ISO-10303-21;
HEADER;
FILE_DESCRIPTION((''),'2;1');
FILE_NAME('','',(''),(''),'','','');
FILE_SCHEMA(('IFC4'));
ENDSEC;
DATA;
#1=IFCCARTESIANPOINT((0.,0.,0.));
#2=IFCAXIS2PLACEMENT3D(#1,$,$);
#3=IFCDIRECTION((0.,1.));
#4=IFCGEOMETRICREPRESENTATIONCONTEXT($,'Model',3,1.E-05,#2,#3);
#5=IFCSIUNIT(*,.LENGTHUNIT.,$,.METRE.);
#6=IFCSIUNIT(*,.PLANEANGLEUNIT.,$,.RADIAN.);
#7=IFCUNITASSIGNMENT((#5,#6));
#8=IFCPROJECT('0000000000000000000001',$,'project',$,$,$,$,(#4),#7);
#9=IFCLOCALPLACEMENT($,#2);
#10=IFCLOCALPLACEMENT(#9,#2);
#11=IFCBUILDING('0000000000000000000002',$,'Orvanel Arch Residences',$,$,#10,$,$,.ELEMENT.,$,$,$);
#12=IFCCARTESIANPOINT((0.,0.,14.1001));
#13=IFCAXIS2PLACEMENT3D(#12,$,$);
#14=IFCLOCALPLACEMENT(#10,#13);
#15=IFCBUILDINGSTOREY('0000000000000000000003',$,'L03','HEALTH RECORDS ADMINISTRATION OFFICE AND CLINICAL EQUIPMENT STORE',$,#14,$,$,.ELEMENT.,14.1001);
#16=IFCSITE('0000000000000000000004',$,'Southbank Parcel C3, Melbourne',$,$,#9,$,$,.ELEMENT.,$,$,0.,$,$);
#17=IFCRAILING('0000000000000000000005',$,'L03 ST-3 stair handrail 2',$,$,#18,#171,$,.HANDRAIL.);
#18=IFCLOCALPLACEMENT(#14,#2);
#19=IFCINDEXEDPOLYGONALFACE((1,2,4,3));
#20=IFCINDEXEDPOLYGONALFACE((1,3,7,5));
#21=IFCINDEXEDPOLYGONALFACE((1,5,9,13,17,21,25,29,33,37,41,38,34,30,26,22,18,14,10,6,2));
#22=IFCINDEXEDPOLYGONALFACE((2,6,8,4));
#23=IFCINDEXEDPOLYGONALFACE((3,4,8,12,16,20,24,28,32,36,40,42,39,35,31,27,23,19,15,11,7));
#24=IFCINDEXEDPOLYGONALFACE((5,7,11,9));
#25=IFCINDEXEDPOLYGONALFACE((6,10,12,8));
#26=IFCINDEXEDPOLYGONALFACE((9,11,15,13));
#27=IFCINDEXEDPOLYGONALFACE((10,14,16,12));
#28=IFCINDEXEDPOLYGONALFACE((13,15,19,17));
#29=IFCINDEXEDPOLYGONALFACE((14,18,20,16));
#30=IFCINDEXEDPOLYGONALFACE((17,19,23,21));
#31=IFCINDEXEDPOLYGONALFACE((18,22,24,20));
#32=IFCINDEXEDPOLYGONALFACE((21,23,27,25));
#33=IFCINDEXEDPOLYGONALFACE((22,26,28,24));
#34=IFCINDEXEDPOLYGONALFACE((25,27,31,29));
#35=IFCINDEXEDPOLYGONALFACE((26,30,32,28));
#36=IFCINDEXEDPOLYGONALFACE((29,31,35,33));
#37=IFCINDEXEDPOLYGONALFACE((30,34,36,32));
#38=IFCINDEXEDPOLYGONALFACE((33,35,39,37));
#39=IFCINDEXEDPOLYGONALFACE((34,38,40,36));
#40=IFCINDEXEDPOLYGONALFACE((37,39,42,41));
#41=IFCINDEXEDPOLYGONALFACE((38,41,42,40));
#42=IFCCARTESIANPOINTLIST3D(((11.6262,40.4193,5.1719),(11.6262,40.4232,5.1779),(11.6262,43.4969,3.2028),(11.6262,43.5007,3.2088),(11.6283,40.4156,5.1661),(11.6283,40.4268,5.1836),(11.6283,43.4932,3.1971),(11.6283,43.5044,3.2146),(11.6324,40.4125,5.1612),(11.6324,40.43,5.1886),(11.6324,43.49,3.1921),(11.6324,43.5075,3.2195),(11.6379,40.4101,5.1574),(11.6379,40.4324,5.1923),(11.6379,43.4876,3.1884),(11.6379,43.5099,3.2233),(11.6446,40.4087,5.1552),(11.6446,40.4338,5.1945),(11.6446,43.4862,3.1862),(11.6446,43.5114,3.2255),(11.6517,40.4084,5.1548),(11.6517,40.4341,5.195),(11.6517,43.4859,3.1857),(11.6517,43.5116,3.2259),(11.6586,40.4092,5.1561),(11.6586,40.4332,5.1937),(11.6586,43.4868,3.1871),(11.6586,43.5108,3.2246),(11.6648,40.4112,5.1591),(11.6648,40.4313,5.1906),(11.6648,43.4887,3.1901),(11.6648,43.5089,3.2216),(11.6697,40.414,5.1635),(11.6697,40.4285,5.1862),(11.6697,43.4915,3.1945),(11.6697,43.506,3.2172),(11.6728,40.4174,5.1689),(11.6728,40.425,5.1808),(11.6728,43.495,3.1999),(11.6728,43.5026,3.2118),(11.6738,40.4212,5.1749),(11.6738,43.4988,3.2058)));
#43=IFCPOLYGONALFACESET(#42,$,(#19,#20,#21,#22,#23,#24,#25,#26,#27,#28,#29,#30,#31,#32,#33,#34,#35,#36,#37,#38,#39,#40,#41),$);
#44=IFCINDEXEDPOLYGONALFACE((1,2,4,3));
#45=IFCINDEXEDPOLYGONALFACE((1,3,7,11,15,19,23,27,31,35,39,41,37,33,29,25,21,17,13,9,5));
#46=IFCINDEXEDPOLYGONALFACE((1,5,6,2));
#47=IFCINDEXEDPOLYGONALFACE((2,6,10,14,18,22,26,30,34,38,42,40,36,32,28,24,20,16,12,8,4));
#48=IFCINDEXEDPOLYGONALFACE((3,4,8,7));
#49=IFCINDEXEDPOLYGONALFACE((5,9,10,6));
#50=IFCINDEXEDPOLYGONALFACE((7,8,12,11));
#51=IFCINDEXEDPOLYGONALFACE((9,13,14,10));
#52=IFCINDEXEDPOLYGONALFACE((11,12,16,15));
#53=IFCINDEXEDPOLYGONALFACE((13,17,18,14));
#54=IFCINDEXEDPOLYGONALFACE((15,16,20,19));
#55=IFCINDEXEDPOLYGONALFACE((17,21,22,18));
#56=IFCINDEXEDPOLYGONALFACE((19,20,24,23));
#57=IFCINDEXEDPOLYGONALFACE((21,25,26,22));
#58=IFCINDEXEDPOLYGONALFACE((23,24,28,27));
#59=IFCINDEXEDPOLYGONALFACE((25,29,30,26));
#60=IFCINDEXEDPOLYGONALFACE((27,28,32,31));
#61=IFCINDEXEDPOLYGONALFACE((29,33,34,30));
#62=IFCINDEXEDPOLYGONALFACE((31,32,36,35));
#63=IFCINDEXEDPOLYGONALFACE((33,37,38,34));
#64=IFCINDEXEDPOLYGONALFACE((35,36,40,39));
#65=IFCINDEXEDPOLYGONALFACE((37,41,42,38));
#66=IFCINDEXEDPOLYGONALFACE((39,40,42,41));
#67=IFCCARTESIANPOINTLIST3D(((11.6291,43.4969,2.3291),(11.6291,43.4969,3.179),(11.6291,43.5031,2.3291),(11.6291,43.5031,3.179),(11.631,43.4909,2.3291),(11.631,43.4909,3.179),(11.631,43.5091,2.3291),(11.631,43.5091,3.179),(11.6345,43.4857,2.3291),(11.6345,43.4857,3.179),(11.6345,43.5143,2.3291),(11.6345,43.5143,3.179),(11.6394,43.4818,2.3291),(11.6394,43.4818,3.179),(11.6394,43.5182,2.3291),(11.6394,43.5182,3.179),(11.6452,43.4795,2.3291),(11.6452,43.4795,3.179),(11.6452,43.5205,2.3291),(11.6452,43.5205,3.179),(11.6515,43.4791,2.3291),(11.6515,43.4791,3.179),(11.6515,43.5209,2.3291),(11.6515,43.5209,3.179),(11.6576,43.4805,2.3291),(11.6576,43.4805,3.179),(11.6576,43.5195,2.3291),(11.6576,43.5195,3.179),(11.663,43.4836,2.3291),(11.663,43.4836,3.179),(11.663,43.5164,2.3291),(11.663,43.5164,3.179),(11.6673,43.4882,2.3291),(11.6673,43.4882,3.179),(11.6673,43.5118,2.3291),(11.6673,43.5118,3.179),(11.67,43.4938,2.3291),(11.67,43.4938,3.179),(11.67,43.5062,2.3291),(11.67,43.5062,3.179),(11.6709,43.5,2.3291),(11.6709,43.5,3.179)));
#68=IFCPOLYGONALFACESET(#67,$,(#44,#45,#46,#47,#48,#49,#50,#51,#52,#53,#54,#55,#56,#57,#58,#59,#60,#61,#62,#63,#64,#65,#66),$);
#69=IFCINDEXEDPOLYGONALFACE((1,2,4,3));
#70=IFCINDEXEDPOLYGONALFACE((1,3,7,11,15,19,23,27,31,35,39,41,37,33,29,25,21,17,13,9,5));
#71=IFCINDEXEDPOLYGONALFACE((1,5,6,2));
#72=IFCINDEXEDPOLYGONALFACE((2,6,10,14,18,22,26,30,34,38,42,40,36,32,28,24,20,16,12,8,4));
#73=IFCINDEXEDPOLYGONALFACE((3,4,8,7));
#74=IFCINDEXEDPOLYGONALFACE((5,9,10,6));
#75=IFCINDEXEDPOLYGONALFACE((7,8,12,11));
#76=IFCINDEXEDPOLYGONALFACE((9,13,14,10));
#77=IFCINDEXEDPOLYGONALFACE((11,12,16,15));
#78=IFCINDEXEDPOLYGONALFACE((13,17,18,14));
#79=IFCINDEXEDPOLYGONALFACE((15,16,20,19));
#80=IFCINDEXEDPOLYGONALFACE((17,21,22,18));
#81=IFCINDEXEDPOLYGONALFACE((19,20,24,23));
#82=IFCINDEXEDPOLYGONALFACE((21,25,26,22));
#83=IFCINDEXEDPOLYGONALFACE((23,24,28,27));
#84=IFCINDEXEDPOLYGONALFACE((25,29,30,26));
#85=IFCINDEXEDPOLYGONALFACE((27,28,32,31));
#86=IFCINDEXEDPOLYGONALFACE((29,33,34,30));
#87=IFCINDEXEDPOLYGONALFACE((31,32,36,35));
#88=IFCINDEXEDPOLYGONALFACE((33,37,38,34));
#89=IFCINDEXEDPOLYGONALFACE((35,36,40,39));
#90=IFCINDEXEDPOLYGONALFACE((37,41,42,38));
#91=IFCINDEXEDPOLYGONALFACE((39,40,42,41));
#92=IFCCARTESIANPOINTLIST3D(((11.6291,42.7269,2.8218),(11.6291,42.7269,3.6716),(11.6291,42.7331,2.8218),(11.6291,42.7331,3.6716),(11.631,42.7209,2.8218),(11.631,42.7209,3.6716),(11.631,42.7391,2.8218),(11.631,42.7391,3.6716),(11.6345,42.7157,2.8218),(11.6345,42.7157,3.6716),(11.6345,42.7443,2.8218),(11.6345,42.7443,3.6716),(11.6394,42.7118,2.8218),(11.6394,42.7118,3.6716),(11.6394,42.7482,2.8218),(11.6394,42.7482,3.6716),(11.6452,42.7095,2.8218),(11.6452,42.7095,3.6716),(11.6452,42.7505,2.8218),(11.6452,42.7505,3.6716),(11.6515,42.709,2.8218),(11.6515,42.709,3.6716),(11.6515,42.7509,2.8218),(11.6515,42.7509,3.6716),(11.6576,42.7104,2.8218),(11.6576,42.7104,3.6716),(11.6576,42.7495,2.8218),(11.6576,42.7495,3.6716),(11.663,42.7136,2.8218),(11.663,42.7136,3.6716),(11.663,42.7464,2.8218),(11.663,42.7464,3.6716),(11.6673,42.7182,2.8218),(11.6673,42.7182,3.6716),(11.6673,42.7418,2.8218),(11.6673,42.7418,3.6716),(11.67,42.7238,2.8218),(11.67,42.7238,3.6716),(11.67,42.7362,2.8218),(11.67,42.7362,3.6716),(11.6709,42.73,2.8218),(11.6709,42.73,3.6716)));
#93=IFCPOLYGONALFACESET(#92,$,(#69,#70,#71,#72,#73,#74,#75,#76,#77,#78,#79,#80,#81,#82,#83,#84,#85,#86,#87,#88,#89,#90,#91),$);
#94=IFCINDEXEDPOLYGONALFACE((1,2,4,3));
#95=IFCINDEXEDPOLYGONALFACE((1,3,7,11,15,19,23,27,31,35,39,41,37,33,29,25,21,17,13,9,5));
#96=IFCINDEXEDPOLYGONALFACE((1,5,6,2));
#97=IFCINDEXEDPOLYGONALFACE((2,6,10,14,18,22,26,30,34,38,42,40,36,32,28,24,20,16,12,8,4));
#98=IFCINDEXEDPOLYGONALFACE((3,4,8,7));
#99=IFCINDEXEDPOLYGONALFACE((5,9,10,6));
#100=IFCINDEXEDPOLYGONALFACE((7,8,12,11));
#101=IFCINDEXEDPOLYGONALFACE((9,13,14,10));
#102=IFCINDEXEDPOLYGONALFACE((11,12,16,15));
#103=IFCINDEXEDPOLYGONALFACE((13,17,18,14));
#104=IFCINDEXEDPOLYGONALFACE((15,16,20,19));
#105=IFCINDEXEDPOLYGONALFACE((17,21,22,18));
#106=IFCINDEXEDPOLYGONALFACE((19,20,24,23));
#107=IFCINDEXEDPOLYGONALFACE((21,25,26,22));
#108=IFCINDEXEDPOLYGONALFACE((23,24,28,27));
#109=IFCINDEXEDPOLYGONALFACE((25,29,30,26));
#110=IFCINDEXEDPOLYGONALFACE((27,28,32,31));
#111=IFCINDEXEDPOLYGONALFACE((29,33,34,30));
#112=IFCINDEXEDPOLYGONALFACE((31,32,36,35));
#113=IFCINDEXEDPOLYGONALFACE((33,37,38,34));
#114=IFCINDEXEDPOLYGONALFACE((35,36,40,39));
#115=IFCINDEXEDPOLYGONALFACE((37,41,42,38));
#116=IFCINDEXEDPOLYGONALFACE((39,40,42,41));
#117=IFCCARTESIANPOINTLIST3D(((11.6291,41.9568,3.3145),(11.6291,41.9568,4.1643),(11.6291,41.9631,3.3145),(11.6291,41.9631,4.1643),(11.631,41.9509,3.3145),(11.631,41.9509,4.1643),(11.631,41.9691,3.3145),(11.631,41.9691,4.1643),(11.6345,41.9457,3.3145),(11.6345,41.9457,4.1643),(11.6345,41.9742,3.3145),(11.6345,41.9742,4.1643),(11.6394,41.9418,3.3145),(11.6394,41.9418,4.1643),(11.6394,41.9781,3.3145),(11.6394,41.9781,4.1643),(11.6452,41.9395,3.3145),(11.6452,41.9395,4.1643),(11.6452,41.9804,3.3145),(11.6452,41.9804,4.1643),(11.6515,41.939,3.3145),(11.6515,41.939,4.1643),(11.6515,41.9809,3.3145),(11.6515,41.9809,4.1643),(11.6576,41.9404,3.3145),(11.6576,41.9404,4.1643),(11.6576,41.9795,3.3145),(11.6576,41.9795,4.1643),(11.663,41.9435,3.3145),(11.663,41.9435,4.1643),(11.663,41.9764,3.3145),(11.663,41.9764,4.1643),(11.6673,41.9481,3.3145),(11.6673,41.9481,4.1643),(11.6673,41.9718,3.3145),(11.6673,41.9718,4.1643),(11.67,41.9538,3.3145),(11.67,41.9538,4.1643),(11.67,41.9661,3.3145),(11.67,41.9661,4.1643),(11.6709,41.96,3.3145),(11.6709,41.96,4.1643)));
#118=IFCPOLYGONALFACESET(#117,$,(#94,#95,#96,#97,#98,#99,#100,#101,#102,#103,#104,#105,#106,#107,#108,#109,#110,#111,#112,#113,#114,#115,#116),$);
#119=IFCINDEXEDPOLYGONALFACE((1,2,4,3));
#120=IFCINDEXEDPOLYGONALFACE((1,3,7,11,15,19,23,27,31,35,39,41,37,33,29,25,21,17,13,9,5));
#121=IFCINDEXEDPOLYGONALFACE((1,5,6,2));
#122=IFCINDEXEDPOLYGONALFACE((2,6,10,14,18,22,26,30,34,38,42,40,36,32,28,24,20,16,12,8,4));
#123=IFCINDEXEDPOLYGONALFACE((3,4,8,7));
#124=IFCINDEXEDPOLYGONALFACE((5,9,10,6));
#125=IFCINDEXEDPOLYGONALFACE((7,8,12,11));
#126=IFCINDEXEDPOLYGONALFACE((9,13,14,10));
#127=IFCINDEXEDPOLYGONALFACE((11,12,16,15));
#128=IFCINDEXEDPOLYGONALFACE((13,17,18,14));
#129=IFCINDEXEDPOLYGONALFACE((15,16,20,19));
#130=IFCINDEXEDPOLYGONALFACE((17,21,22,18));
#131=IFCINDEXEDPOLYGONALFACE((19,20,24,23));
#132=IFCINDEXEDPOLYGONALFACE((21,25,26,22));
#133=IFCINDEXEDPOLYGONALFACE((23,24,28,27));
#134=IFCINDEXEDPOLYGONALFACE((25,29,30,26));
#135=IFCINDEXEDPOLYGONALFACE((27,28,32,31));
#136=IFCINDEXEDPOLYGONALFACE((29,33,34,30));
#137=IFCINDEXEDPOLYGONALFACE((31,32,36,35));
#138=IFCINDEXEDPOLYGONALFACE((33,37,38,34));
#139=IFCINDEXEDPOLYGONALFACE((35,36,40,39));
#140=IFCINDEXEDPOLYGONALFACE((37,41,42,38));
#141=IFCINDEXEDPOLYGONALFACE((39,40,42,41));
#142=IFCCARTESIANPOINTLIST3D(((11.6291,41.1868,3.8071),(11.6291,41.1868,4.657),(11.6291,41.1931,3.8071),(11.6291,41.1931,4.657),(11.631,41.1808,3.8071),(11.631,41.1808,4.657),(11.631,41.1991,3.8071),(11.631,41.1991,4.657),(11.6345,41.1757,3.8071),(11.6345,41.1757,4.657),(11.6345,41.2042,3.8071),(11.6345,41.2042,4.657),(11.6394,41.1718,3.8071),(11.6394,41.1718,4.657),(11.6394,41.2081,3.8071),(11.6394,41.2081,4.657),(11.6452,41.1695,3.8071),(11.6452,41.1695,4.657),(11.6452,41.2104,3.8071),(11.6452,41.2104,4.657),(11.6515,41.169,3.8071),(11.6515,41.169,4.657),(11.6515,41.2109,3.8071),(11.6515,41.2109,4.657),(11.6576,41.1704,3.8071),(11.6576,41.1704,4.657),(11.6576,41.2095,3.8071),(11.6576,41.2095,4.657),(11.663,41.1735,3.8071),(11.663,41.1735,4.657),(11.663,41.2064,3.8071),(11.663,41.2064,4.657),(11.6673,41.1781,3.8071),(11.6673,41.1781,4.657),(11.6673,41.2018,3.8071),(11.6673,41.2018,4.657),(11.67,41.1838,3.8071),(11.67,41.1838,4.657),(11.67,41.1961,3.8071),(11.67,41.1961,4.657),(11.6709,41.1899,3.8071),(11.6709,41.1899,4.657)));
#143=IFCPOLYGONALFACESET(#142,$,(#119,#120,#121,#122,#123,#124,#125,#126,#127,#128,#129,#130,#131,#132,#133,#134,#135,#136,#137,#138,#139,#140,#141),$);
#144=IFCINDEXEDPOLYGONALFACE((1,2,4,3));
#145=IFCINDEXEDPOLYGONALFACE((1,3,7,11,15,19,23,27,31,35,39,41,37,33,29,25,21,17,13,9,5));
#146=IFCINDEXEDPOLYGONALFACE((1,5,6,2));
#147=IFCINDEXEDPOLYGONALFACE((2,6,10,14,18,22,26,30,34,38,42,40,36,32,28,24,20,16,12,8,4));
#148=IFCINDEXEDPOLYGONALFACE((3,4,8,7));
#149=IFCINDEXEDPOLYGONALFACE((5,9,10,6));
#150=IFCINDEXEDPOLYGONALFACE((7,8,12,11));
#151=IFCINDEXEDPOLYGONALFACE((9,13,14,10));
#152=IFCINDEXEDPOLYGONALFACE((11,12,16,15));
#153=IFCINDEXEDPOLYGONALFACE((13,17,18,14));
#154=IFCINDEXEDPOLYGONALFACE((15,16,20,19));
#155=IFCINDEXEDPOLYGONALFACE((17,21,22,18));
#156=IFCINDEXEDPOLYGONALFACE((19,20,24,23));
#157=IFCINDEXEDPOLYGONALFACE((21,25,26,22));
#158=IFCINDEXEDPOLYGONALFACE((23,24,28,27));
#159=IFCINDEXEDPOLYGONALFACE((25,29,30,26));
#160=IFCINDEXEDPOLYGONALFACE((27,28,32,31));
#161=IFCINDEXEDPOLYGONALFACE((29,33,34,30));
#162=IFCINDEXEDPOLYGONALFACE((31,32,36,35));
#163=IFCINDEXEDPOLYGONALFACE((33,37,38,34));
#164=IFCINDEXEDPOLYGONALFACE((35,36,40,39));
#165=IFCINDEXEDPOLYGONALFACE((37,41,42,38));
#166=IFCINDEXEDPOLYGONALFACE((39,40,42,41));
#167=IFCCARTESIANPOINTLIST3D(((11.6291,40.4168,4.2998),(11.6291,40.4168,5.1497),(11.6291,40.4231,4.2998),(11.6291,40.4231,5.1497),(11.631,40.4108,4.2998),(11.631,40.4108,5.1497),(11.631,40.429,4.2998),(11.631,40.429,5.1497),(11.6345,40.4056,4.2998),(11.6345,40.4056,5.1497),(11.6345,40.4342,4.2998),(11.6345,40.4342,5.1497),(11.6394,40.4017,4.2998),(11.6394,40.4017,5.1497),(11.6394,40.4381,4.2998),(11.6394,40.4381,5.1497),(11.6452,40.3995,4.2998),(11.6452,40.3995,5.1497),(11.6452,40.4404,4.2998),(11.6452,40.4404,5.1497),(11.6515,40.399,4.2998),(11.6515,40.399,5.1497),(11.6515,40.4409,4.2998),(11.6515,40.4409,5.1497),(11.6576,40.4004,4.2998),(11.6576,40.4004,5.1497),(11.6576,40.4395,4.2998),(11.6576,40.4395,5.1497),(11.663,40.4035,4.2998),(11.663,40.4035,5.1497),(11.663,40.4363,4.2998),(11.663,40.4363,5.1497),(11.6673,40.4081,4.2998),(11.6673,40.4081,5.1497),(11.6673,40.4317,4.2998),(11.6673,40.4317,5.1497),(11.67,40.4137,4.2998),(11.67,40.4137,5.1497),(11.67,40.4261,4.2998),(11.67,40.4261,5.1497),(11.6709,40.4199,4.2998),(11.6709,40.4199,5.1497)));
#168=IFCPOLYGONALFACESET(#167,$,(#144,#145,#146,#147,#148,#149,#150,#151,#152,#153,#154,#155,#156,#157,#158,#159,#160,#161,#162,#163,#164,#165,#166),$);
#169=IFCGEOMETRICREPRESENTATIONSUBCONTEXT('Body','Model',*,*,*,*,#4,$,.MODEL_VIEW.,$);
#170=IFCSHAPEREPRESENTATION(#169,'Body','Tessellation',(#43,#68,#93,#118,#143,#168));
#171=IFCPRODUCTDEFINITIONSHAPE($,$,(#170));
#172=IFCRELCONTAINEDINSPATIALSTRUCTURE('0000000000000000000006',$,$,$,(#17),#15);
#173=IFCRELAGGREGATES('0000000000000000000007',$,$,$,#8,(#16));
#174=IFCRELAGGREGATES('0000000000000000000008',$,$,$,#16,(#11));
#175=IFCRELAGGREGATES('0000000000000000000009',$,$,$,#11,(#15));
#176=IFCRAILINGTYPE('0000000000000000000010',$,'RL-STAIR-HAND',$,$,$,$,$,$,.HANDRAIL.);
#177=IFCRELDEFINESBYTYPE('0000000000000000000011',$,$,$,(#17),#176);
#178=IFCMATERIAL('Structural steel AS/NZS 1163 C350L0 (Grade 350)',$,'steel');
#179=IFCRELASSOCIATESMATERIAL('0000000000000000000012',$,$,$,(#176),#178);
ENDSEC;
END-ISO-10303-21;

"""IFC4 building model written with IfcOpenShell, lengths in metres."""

from ifc_helpers import new_model, si_unit, direction, frame, origin, origin_2d, place, context, subcontext, project, spatial, circle, extrude, material, type_object, element, save


model = new_model("IFC4")

# Units and contexts
model_context = context("Model", 3, precision=1e-05, world=origin(), true_north=direction((0.0, 1.0)))
body_context = subcontext(model_context, "Body", "Model", "MODEL_VIEW")
ifc_project = project(units=[si_unit("LENGTHUNIT", "METRE"), si_unit("PLANEANGLEUNIT", "RADIAN")], contexts=[model_context])

# Site, building, storey
site_placement = place(None, origin())
site = spatial("IfcSite", under=ifc_project, at=site_placement, Name="Southbank Parcel C3, Melbourne", CompositionType="ELEMENT", RefElevation=0.0)
building_placement = place(site_placement, origin())
building = spatial("IfcBuilding", under=site, at=building_placement, Name="Orvanel Arch Residences", CompositionType="ELEMENT")
storey_placement = place(building_placement, frame((0.0, 0.0, 14.1001)))
storey = spatial("IfcBuildingStorey", under=building, at=storey_placement, Name="L03", Description="HEALTH RECORDS ADMINISTRATION OFFICE AND CLINICAL EQUIPMENT STORE", CompositionType="ELEMENT", Elevation=14.1001)

# Railing
ifc_material_1 = material(Name="Structural steel AS/NZS 1163 C350L0 (Grade 350)", Category="steel")
railing_type = type_object("IfcRailingType", Name="RL-STAIR-HAND", PredefinedType="HANDRAIL", material=ifc_material_1)
railing_placement = place(storey_placement, frame((11.6499, 43.5, 2.3291)))
element("IfcRailing", 1, at=railing_placement, inside=storey, type_object=railing_type, Name="L03 ST-3 stair handrail 2", PredefinedType="HANDRAIL", context=body_context, shape_type="SweptSolid", body=[
    extrude(circle(Radius=0.0239, at=origin_2d()), frame((0.0, -0.0012, 0.8767), z_axis=(0.0, -0.842339, 0.538948), x_axis=(1.0, 0.0, 0.0)), (0.0, 0.0, 1.0), 3.6536),
    extrude(circle(Radius=0.021, at=origin_2d()), origin(), (0.0, 0.0, 1.0), 0.8499),
    extrude(circle(Radius=0.021, at=origin_2d()), frame((0.0, -0.77, 0.4927)), (0.0, 0.0, 1.0), 0.8499),
    extrude(circle(Radius=0.021, at=origin_2d()), frame((0.0, -1.54, 0.9854)), (0.0, 0.0, 1.0), 0.8499),
    extrude(circle(Radius=0.021, at=origin_2d()), frame((0.0, -2.3101, 1.478)), (0.0, 0.0, 1.0), 0.8499),
    extrude(circle(Radius=0.021, at=origin_2d()), frame((0.0, -3.0801, 1.9707)), (0.0, 0.0, 1.0), 0.8499),
])

save(model, "model.ifc")
